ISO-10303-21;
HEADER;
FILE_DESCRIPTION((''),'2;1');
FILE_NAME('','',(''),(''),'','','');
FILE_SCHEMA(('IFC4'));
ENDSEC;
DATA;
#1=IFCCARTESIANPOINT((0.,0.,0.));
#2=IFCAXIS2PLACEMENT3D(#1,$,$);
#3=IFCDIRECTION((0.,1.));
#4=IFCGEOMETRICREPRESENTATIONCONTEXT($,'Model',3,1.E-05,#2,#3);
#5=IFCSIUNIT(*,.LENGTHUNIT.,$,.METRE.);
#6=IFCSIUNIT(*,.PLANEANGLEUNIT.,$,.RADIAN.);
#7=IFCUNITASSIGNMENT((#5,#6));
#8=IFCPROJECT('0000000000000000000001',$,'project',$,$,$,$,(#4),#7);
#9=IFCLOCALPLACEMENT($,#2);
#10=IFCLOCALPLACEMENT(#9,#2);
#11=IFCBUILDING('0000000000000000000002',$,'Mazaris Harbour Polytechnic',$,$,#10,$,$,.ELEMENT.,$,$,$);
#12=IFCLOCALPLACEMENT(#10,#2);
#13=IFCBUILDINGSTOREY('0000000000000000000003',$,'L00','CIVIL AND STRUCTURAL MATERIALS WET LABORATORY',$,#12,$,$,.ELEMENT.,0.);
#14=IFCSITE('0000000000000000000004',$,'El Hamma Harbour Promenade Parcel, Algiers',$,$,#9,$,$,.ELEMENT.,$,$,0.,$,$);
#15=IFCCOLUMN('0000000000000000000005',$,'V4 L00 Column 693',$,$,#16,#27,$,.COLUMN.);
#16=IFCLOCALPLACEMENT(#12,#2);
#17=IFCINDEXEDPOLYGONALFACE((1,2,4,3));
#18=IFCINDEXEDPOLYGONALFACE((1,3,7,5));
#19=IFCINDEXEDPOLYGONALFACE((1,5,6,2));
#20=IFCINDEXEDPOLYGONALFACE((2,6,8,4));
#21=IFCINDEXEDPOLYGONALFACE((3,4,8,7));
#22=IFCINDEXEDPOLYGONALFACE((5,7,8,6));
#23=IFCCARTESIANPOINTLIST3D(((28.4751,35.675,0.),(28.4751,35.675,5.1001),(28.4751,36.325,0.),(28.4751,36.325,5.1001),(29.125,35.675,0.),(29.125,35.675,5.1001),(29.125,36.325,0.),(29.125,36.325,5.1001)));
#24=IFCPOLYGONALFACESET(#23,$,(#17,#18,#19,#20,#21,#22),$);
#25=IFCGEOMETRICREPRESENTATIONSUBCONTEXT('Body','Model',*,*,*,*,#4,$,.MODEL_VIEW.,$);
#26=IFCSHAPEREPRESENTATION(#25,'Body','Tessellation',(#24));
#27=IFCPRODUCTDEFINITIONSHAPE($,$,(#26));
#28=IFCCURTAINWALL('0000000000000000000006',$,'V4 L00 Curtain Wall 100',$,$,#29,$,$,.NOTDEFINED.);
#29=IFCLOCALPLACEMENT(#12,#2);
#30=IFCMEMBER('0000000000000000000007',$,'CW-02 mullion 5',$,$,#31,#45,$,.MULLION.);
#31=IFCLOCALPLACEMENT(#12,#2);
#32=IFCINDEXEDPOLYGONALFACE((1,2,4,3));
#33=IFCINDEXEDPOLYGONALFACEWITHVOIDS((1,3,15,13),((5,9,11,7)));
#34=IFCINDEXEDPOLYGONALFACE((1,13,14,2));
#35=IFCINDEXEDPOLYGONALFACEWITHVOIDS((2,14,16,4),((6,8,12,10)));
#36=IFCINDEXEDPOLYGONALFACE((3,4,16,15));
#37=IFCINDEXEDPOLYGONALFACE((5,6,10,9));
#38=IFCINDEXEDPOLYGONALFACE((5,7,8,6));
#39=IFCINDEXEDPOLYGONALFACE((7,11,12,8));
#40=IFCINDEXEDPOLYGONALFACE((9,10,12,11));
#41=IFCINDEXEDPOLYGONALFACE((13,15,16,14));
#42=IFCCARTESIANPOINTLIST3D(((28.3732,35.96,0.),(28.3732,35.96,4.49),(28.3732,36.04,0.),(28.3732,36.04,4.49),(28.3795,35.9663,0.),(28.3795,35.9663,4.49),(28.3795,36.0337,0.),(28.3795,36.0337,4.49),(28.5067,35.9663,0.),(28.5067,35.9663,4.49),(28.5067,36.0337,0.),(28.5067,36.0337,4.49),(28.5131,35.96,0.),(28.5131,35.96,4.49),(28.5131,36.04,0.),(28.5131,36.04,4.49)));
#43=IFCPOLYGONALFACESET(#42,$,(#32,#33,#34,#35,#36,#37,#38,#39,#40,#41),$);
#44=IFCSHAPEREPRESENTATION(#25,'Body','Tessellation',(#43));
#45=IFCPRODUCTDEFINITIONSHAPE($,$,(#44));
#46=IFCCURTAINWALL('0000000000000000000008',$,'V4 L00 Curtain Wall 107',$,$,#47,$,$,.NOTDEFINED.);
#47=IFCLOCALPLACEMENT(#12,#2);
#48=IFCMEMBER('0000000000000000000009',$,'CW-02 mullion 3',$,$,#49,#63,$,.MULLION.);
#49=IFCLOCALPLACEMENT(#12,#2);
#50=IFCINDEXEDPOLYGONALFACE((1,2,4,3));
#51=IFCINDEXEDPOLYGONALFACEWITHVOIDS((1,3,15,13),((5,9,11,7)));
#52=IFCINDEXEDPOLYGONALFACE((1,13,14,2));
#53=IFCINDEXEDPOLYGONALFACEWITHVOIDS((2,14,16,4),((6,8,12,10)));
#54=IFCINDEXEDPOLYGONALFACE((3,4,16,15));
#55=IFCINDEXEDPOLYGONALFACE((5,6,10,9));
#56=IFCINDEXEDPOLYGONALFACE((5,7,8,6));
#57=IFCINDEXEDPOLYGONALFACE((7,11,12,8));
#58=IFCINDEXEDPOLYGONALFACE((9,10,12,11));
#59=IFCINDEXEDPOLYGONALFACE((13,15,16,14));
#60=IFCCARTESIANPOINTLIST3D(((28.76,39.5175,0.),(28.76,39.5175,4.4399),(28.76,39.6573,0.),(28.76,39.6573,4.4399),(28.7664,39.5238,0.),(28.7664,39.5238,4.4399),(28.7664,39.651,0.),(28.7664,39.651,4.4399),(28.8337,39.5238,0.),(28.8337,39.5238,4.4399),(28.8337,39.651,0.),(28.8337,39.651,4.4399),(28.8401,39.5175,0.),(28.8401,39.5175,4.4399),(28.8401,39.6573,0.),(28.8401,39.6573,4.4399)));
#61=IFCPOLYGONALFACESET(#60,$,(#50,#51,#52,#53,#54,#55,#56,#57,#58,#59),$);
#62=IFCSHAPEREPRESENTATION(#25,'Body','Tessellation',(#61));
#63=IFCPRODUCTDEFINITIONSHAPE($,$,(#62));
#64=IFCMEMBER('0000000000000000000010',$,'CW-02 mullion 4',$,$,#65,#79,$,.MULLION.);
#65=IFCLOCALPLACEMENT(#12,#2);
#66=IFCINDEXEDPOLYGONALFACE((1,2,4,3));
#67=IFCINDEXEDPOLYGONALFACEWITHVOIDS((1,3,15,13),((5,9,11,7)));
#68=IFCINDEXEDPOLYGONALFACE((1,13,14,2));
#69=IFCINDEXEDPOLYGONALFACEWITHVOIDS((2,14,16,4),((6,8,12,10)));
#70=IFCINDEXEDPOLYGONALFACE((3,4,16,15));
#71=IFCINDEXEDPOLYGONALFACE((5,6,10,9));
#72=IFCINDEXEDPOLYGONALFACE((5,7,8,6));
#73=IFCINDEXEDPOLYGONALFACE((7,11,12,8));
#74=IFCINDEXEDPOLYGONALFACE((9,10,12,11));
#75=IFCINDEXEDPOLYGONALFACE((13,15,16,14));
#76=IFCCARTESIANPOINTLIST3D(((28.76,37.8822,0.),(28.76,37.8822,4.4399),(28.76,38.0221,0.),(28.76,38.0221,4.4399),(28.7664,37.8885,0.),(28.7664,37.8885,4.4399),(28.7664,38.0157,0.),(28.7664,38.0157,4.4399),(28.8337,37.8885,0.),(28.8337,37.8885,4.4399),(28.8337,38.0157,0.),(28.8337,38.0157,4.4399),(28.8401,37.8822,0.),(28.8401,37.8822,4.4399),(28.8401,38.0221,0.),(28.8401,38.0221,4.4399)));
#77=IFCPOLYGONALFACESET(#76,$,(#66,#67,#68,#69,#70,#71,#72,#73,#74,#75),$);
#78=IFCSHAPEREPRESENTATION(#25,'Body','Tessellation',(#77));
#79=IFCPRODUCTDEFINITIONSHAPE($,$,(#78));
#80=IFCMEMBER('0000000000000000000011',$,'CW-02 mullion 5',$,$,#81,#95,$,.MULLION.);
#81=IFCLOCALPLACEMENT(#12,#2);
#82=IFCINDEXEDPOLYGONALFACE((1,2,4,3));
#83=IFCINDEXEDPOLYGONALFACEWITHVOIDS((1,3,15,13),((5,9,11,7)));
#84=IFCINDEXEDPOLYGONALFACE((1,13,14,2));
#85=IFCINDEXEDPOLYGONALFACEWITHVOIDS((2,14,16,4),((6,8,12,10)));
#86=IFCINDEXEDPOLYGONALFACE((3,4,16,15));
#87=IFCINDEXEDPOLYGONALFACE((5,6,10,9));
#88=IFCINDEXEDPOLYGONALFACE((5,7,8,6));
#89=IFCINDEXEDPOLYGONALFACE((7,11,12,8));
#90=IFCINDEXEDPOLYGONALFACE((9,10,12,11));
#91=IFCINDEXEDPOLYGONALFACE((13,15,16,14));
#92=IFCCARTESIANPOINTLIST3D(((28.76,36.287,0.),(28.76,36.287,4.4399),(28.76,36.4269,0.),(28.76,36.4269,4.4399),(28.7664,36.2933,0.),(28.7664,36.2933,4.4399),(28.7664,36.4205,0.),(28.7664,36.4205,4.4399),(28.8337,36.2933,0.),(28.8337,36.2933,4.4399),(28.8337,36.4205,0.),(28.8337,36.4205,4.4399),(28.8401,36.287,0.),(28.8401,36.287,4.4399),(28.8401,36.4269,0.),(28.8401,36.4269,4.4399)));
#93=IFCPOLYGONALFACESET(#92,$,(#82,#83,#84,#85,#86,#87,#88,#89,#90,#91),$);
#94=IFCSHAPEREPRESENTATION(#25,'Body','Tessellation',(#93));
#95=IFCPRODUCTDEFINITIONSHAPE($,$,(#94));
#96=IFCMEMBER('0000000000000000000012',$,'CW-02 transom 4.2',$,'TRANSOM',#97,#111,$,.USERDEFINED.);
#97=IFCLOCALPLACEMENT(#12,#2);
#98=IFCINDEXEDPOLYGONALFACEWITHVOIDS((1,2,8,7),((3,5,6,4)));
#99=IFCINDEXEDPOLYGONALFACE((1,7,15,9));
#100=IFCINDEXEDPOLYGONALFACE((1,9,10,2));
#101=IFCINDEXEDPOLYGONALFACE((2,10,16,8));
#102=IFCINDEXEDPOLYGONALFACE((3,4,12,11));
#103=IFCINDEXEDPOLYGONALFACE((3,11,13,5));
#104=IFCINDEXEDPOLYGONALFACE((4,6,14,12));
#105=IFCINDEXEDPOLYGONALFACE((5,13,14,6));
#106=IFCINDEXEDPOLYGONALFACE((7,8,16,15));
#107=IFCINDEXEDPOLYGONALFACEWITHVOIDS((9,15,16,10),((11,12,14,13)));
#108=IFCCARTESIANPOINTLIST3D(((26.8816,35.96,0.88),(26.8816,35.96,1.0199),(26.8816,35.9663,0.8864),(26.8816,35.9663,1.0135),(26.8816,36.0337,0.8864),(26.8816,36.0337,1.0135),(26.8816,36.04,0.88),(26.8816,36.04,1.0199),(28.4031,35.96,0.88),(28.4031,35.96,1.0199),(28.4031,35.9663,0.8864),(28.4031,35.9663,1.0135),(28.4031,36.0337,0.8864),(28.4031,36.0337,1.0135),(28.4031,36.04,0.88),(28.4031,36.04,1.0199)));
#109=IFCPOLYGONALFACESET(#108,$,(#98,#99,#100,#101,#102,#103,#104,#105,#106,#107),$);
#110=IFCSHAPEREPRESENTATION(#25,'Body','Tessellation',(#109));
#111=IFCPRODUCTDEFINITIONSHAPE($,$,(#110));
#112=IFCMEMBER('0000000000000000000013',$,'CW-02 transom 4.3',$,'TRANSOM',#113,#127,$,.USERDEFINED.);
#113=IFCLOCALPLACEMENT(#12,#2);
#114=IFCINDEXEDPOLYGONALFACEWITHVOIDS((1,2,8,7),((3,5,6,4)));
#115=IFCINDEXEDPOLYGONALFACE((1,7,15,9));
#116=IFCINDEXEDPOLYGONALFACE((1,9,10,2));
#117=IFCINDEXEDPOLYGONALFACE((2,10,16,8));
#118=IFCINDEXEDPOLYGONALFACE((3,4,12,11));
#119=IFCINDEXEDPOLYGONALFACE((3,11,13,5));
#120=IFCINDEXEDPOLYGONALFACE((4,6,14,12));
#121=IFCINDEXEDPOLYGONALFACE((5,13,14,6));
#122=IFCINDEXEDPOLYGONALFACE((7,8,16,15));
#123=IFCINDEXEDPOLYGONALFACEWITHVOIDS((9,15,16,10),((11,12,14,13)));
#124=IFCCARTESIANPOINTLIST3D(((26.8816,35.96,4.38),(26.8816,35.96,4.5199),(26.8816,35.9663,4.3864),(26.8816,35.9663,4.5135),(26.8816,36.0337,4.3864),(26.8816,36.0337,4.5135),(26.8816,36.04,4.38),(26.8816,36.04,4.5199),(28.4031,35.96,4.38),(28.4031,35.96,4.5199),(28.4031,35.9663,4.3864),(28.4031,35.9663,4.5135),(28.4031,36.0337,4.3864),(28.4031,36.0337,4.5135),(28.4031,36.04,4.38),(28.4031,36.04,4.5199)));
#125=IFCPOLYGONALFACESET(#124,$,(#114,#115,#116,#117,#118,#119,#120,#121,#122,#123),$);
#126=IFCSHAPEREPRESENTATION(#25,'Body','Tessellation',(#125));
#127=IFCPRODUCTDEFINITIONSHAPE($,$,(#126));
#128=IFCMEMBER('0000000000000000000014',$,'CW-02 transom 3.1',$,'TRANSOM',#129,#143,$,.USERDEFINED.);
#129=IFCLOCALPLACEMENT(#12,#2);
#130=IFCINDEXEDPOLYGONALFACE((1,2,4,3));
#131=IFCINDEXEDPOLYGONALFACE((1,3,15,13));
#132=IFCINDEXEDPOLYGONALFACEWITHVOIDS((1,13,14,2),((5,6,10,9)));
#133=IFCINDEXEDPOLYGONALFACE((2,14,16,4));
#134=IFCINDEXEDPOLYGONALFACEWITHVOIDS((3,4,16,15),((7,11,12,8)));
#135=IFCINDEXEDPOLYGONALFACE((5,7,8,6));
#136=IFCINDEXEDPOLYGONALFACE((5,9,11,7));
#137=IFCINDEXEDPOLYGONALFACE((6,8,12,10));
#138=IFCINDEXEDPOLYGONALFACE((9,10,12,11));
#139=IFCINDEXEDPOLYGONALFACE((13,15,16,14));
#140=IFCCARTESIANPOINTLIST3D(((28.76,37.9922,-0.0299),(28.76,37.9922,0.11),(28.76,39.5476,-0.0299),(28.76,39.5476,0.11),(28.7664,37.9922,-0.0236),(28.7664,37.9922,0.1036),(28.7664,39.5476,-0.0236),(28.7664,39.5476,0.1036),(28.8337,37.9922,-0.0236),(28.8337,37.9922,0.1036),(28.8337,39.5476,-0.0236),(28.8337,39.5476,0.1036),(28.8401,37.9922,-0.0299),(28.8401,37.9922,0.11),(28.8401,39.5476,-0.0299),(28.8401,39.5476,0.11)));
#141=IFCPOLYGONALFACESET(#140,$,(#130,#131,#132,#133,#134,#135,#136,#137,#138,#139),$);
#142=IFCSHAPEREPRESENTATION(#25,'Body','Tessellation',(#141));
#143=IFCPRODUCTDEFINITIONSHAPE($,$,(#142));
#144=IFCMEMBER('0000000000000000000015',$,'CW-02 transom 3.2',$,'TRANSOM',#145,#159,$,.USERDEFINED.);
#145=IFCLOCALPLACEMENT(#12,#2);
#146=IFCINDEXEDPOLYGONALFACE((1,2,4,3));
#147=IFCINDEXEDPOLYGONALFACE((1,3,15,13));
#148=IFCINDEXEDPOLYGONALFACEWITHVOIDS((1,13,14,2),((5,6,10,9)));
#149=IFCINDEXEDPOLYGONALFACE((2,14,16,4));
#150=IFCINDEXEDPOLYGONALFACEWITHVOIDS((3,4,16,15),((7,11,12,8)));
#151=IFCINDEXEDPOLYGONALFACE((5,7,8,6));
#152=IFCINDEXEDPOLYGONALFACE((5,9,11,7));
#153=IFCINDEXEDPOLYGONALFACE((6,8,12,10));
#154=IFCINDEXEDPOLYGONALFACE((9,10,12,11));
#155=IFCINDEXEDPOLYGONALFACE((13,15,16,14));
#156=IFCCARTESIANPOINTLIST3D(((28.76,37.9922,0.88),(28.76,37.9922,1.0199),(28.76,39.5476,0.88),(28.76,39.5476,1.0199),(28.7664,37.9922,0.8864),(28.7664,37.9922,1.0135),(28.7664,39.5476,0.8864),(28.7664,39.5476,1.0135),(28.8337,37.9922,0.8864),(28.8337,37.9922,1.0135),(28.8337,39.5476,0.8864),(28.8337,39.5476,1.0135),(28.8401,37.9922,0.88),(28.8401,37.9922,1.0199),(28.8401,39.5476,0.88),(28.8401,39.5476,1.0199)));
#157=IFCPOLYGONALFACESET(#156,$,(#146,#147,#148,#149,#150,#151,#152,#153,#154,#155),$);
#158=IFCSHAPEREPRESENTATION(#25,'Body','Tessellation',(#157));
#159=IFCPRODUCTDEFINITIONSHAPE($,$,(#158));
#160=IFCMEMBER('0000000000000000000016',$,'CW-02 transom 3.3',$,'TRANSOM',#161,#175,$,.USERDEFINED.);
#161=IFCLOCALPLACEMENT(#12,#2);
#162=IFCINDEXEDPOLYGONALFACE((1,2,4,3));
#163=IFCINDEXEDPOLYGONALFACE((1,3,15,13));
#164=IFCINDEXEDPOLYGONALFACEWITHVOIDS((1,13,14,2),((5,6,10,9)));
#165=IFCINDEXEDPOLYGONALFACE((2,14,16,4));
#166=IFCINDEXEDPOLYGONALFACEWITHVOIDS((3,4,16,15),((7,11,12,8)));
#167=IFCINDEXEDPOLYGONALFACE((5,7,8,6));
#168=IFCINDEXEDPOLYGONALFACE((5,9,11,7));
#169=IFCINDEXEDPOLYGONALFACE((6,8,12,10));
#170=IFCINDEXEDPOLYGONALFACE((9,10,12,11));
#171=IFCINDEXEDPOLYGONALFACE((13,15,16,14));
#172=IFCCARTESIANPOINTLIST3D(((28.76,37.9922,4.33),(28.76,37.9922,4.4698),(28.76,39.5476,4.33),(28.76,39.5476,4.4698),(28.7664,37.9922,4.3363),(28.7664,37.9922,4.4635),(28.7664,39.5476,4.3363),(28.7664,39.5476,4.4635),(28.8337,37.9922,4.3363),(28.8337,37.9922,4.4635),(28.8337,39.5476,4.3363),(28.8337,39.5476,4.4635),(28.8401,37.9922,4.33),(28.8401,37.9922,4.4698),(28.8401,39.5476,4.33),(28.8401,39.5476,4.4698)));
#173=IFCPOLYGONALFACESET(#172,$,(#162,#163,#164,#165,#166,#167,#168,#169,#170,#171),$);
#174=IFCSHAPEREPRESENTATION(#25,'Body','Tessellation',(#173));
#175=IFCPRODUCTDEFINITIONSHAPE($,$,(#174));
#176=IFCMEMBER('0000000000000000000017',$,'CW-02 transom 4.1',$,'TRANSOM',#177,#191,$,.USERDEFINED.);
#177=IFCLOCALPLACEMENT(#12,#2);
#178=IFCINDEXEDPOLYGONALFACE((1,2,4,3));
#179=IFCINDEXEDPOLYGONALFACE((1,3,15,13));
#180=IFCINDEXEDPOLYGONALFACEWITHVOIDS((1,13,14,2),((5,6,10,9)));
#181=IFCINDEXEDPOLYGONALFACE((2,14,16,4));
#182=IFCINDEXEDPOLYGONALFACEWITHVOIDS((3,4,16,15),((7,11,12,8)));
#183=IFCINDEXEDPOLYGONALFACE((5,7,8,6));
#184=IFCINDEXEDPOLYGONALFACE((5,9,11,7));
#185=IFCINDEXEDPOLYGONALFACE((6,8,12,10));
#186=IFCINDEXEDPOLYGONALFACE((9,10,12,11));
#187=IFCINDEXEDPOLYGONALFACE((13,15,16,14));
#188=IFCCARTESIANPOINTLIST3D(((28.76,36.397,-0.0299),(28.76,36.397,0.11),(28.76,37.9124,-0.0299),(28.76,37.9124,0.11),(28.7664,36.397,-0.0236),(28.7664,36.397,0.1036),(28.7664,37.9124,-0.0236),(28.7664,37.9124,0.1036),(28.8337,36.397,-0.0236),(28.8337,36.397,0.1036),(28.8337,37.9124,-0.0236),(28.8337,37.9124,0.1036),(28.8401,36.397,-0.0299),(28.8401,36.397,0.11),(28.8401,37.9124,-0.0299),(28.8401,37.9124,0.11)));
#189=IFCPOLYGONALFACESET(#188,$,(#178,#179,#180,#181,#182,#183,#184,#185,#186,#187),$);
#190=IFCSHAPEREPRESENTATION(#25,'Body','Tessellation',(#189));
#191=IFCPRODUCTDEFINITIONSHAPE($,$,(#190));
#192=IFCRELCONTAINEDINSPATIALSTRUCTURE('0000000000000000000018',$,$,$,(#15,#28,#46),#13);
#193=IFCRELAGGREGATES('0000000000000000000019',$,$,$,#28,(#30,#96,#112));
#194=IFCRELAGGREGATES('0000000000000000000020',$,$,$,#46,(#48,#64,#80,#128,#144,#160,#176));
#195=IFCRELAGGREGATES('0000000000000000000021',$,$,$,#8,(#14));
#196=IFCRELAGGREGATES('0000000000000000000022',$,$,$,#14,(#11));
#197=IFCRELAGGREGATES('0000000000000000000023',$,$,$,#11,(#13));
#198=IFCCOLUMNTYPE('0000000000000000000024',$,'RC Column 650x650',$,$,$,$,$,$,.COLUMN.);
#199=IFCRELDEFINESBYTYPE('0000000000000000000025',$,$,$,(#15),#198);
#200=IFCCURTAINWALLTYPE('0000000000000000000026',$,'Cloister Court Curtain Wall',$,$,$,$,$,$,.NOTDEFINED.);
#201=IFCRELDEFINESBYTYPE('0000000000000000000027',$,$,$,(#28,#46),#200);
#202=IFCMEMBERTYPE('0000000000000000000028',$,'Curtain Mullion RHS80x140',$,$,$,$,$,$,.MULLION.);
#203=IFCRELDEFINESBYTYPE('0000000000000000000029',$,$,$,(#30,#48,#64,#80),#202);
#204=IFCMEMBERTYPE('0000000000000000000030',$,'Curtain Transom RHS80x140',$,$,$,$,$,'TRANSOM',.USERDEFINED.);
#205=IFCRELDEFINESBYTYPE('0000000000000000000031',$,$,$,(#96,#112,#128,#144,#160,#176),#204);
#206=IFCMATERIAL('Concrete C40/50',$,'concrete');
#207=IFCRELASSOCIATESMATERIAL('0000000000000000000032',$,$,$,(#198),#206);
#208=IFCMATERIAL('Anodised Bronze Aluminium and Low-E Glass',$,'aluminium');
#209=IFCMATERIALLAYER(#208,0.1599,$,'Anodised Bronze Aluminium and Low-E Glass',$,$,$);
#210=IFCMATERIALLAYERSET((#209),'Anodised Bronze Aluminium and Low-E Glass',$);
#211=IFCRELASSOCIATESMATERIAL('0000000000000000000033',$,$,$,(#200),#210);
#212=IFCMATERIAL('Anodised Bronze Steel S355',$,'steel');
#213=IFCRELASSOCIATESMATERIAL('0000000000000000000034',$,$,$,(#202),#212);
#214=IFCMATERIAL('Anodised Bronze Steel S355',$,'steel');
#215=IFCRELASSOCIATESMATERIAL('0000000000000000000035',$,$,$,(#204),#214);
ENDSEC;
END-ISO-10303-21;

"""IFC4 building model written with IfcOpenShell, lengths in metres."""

from ifc_helpers import new_model, si_unit, direction, frame, origin, origin_2d, place, context, subcontext, project, spatial, rectangle, hollow_rectangle, extrude, material, layer, layer_set, material_profile, profile_set, type_object, element, aggregate, save


model = new_model("IFC4")

# Units and contexts
model_context = context("Model", 3, precision=1e-05, world=origin(), true_north=direction((0.0, 1.0)))
body_context = subcontext(model_context, "Body", "Model", "MODEL_VIEW")
ifc_project = project(units=[si_unit("LENGTHUNIT", "METRE"), si_unit("PLANEANGLEUNIT", "RADIAN")], contexts=[model_context])

# Site, building, storey
site_placement = place(None, origin())
site = spatial("IfcSite", under=ifc_project, at=site_placement, Name="El Hamma Harbour Promenade Parcel, Algiers", CompositionType="ELEMENT", RefElevation=0.0)
building_placement = place(site_placement, origin())
building = spatial("IfcBuilding", under=site, at=building_placement, Name="Mazaris Harbour Polytechnic", CompositionType="ELEMENT")
storey_placement = place(building_placement, origin())
storey = spatial("IfcBuildingStorey", under=building, at=storey_placement, Name="L00", Description="CIVIL AND STRUCTURAL MATERIALS WET LABORATORY", CompositionType="ELEMENT", Elevation=0.0)

# Column
ifc_material_1 = material(Name="Concrete C40/50", Category="concrete")
ifc_material_profile_1 = material_profile(ifc_material_1, rectangle(XDim=0.6499, YDim=0.6499, at=origin_2d()), Name="RECT650x650")
ifc_profile_set_1 = profile_set([ifc_material_profile_1], Name="Concrete C40/50")
column_type = type_object("IfcColumnType", Name="RC Column 650x650", PredefinedType="COLUMN", material=ifc_profile_set_1)
column_placement = place(storey_placement, frame((28.8, 36.0, 0.0), z_axis=(0.0, 0.0, 1.0), x_axis=(1.0, 0.0, 0.0)))
element("IfcColumn", 1, at=column_placement, inside=storey, type_object=column_type, Name="V4 L00 Column 693", PredefinedType="COLUMN", context=body_context, shape_type="SweptSolid", body=[
    extrude(rectangle(XDim=0.6499, YDim=0.6499, at=origin_2d()), origin(), (0.0, 0.0, 1.0), 5.1001),
])

# Curtain wall, member
ifc_material_2 = material(Name="Anodised Bronze Aluminium and Low-E Glass", Category="aluminium")
ifc_layer_1 = layer(ifc_material_2, 0.1599, Name="Anodised Bronze Aluminium and Low-E Glass")
ifc_layer_set_1 = layer_set([ifc_layer_1], Name="Anodised Bronze Aluminium and Low-E Glass")
curtain_wall_type = type_object("IfcCurtainWallType", Name="Cloister Court Curtain Wall", PredefinedType="NOTDEFINED", material=ifc_layer_set_1)
curtain_wall_1_placement = place(storey_placement, origin())
curtain_wall_1 = element("IfcCurtainWall", 2, at=curtain_wall_1_placement, inside=storey, type_object=curtain_wall_type, Name="V4 L00 Curtain Wall 100", PredefinedType="NOTDEFINED")
ifc_material_3 = material(Name="Anodised Bronze Steel S355", Category="steel")
ifc_material_profile_2 = material_profile(ifc_material_3, hollow_rectangle(XDim=0.0801, YDim=0.1399, WallThickness=0.0063, at=origin_2d()), Name="RHS 80x140x6.3")
ifc_profile_set_2 = profile_set([ifc_material_profile_2], Name="Anodised Bronze Steel S355")
member_type_1 = type_object("IfcMemberType", Name="Curtain Mullion RHS80x140", PredefinedType="MULLION", material=ifc_profile_set_2)
member_1_placement = place(storey_placement, frame((28.4431, 36.0, 0.0), z_axis=(0.0, 0.0, 1.0), x_axis=(0.0, 1.0, 0.0)))
member_1 = element("IfcMember", 3, at=member_1_placement, type_object=member_type_1, Name="CW-02 mullion 5", PredefinedType="MULLION", context=body_context, shape_type="SweptSolid", body=[
    extrude(hollow_rectangle(XDim=0.0801, YDim=0.1399, WallThickness=0.0063, at=origin_2d()), origin(), (0.0, 0.0, 1.0), 4.49),
])

# Curtain wall, members
curtain_wall_2_placement = place(storey_placement, origin())
curtain_wall_2 = element("IfcCurtainWall", 4, at=curtain_wall_2_placement, inside=storey, type_object=curtain_wall_type, Name="V4 L00 Curtain Wall 107", PredefinedType="NOTDEFINED")
member_2_placement = place(storey_placement, frame((28.8, 39.5874, 0.0), z_axis=(0.0, 0.0, 1.0), x_axis=(1.0, 0.0, 0.0)))
member_2 = element("IfcMember", 5, at=member_2_placement, type_object=member_type_1, Name="CW-02 mullion 3", PredefinedType="MULLION", context=body_context, shape_type="SweptSolid", body=[
    extrude(hollow_rectangle(XDim=0.0801, YDim=0.1399, WallThickness=0.0063, at=origin_2d()), origin(), (0.0, 0.0, 1.0), 4.4399),
])
member_3_placement = place(storey_placement, frame((28.8, 37.9521, 0.0), z_axis=(0.0, 0.0, 1.0), x_axis=(1.0, 0.0, 0.0)))
member_3 = element("IfcMember", 6, at=member_3_placement, type_object=member_type_1, Name="CW-02 mullion 4", PredefinedType="MULLION", context=body_context, shape_type="SweptSolid", body=[
    extrude(hollow_rectangle(XDim=0.0801, YDim=0.1399, WallThickness=0.0063, at=origin_2d()), origin(), (0.0, 0.0, 1.0), 4.4399),
])
member_4_placement = place(storey_placement, frame((28.8, 36.3569, 0.0), z_axis=(0.0, 0.0, 1.0), x_axis=(1.0, 0.0, 0.0)))
member_4 = element("IfcMember", 7, at=member_4_placement, type_object=member_type_1, Name="CW-02 mullion 5", PredefinedType="MULLION", context=body_context, shape_type="SweptSolid", body=[
    extrude(hollow_rectangle(XDim=0.0801, YDim=0.1399, WallThickness=0.0063, at=origin_2d()), origin(), (0.0, 0.0, 1.0), 4.4399),
])

# Members
ifc_material_4 = material(Name="Anodised Bronze Steel S355", Category="steel")
ifc_material_profile_3 = material_profile(ifc_material_4, hollow_rectangle(XDim=0.0801, YDim=0.1399, WallThickness=0.0063, at=origin_2d()), Name="RHS 80x140x6.3")
ifc_profile_set_3 = profile_set([ifc_material_profile_3], Name="Anodised Bronze Steel S355")
member_type_2 = type_object("IfcMemberType", Name="Curtain Transom RHS80x140", ElementType="TRANSOM", PredefinedType="USERDEFINED", material=ifc_profile_set_3)
member_5_placement = place(storey_placement, frame((26.8816, 36.0, 0.95), z_axis=(1.0, 0.0, 0.0), x_axis=(0.0, 1.0, 0.0)))
member_5 = element("IfcMember", 8, at=member_5_placement, type_object=member_type_2, Name="CW-02 transom 4.2", ObjectType="TRANSOM", PredefinedType="USERDEFINED", context=body_context, shape_type="SweptSolid", body=[
    extrude(hollow_rectangle(XDim=0.0801, YDim=0.1399, WallThickness=0.0063, at=origin_2d()), origin(), (0.0, 0.0, 1.0), 1.5215),
])
member_6_placement = place(storey_placement, frame((26.8816, 36.0, 4.45), z_axis=(1.0, 0.0, 0.0), x_axis=(0.0, 1.0, 0.0)))
member_6 = element("IfcMember", 9, at=member_6_placement, type_object=member_type_2, Name="CW-02 transom 4.3", ObjectType="TRANSOM", PredefinedType="USERDEFINED", context=body_context, shape_type="SweptSolid", body=[
    extrude(hollow_rectangle(XDim=0.0801, YDim=0.1399, WallThickness=0.0063, at=origin_2d()), origin(), (0.0, 0.0, 1.0), 1.5215),
])
member_7_placement = place(storey_placement, frame((28.8, 39.5476, 0.04), z_axis=(0.0, -1.0, 0.0), x_axis=(1.0, 0.0, 0.0)))
member_7 = element("IfcMember", 10, at=member_7_placement, type_object=member_type_2, Name="CW-02 transom 3.1", ObjectType="TRANSOM", PredefinedType="USERDEFINED", context=body_context, shape_type="SweptSolid", body=[
    extrude(hollow_rectangle(XDim=0.0801, YDim=0.1399, WallThickness=0.0063, at=origin_2d()), origin(), (0.0, 0.0, 1.0), 1.5554),
])
member_8_placement = place(storey_placement, frame((28.8, 39.5476, 0.95), z_axis=(0.0, -1.0, 0.0), x_axis=(1.0, 0.0, 0.0)))
member_8 = element("IfcMember", 11, at=member_8_placement, type_object=member_type_2, Name="CW-02 transom 3.2", ObjectType="TRANSOM", PredefinedType="USERDEFINED", context=body_context, shape_type="SweptSolid", body=[
    extrude(hollow_rectangle(XDim=0.0801, YDim=0.1399, WallThickness=0.0063, at=origin_2d()), origin(), (0.0, 0.0, 1.0), 1.5554),
])
member_9_placement = place(storey_placement, frame((28.8, 39.5476, 4.3999), z_axis=(0.0, -1.0, 0.0), x_axis=(1.0, 0.0, 0.0)))
member_9 = element("IfcMember", 12, at=member_9_placement, type_object=member_type_2, Name="CW-02 transom 3.3", ObjectType="TRANSOM", PredefinedType="USERDEFINED", context=body_context, shape_type="SweptSolid", body=[
    extrude(hollow_rectangle(XDim=0.0801, YDim=0.1399, WallThickness=0.0063, at=origin_2d()), origin(), (0.0, 0.0, 1.0), 1.5554),
])
member_10_placement = place(storey_placement, frame((28.8, 37.9124, 0.04), z_axis=(0.0, -1.0, 0.0), x_axis=(1.0, 0.0, 0.0)))
member_10 = element("IfcMember", 13, at=member_10_placement, type_object=member_type_2, Name="CW-02 transom 4.1", ObjectType="TRANSOM", PredefinedType="USERDEFINED", context=body_context, shape_type="SweptSolid", body=[
    extrude(hollow_rectangle(XDim=0.0801, YDim=0.1399, WallThickness=0.0063, at=origin_2d()), origin(), (0.0, 0.0, 1.0), 1.5154),
])

aggregate(curtain_wall_1, [member_1, member_5, member_6])
aggregate(curtain_wall_2, [member_2, member_3, member_4, member_7, member_8, member_9, member_10])

save(model, "model.ifc")
